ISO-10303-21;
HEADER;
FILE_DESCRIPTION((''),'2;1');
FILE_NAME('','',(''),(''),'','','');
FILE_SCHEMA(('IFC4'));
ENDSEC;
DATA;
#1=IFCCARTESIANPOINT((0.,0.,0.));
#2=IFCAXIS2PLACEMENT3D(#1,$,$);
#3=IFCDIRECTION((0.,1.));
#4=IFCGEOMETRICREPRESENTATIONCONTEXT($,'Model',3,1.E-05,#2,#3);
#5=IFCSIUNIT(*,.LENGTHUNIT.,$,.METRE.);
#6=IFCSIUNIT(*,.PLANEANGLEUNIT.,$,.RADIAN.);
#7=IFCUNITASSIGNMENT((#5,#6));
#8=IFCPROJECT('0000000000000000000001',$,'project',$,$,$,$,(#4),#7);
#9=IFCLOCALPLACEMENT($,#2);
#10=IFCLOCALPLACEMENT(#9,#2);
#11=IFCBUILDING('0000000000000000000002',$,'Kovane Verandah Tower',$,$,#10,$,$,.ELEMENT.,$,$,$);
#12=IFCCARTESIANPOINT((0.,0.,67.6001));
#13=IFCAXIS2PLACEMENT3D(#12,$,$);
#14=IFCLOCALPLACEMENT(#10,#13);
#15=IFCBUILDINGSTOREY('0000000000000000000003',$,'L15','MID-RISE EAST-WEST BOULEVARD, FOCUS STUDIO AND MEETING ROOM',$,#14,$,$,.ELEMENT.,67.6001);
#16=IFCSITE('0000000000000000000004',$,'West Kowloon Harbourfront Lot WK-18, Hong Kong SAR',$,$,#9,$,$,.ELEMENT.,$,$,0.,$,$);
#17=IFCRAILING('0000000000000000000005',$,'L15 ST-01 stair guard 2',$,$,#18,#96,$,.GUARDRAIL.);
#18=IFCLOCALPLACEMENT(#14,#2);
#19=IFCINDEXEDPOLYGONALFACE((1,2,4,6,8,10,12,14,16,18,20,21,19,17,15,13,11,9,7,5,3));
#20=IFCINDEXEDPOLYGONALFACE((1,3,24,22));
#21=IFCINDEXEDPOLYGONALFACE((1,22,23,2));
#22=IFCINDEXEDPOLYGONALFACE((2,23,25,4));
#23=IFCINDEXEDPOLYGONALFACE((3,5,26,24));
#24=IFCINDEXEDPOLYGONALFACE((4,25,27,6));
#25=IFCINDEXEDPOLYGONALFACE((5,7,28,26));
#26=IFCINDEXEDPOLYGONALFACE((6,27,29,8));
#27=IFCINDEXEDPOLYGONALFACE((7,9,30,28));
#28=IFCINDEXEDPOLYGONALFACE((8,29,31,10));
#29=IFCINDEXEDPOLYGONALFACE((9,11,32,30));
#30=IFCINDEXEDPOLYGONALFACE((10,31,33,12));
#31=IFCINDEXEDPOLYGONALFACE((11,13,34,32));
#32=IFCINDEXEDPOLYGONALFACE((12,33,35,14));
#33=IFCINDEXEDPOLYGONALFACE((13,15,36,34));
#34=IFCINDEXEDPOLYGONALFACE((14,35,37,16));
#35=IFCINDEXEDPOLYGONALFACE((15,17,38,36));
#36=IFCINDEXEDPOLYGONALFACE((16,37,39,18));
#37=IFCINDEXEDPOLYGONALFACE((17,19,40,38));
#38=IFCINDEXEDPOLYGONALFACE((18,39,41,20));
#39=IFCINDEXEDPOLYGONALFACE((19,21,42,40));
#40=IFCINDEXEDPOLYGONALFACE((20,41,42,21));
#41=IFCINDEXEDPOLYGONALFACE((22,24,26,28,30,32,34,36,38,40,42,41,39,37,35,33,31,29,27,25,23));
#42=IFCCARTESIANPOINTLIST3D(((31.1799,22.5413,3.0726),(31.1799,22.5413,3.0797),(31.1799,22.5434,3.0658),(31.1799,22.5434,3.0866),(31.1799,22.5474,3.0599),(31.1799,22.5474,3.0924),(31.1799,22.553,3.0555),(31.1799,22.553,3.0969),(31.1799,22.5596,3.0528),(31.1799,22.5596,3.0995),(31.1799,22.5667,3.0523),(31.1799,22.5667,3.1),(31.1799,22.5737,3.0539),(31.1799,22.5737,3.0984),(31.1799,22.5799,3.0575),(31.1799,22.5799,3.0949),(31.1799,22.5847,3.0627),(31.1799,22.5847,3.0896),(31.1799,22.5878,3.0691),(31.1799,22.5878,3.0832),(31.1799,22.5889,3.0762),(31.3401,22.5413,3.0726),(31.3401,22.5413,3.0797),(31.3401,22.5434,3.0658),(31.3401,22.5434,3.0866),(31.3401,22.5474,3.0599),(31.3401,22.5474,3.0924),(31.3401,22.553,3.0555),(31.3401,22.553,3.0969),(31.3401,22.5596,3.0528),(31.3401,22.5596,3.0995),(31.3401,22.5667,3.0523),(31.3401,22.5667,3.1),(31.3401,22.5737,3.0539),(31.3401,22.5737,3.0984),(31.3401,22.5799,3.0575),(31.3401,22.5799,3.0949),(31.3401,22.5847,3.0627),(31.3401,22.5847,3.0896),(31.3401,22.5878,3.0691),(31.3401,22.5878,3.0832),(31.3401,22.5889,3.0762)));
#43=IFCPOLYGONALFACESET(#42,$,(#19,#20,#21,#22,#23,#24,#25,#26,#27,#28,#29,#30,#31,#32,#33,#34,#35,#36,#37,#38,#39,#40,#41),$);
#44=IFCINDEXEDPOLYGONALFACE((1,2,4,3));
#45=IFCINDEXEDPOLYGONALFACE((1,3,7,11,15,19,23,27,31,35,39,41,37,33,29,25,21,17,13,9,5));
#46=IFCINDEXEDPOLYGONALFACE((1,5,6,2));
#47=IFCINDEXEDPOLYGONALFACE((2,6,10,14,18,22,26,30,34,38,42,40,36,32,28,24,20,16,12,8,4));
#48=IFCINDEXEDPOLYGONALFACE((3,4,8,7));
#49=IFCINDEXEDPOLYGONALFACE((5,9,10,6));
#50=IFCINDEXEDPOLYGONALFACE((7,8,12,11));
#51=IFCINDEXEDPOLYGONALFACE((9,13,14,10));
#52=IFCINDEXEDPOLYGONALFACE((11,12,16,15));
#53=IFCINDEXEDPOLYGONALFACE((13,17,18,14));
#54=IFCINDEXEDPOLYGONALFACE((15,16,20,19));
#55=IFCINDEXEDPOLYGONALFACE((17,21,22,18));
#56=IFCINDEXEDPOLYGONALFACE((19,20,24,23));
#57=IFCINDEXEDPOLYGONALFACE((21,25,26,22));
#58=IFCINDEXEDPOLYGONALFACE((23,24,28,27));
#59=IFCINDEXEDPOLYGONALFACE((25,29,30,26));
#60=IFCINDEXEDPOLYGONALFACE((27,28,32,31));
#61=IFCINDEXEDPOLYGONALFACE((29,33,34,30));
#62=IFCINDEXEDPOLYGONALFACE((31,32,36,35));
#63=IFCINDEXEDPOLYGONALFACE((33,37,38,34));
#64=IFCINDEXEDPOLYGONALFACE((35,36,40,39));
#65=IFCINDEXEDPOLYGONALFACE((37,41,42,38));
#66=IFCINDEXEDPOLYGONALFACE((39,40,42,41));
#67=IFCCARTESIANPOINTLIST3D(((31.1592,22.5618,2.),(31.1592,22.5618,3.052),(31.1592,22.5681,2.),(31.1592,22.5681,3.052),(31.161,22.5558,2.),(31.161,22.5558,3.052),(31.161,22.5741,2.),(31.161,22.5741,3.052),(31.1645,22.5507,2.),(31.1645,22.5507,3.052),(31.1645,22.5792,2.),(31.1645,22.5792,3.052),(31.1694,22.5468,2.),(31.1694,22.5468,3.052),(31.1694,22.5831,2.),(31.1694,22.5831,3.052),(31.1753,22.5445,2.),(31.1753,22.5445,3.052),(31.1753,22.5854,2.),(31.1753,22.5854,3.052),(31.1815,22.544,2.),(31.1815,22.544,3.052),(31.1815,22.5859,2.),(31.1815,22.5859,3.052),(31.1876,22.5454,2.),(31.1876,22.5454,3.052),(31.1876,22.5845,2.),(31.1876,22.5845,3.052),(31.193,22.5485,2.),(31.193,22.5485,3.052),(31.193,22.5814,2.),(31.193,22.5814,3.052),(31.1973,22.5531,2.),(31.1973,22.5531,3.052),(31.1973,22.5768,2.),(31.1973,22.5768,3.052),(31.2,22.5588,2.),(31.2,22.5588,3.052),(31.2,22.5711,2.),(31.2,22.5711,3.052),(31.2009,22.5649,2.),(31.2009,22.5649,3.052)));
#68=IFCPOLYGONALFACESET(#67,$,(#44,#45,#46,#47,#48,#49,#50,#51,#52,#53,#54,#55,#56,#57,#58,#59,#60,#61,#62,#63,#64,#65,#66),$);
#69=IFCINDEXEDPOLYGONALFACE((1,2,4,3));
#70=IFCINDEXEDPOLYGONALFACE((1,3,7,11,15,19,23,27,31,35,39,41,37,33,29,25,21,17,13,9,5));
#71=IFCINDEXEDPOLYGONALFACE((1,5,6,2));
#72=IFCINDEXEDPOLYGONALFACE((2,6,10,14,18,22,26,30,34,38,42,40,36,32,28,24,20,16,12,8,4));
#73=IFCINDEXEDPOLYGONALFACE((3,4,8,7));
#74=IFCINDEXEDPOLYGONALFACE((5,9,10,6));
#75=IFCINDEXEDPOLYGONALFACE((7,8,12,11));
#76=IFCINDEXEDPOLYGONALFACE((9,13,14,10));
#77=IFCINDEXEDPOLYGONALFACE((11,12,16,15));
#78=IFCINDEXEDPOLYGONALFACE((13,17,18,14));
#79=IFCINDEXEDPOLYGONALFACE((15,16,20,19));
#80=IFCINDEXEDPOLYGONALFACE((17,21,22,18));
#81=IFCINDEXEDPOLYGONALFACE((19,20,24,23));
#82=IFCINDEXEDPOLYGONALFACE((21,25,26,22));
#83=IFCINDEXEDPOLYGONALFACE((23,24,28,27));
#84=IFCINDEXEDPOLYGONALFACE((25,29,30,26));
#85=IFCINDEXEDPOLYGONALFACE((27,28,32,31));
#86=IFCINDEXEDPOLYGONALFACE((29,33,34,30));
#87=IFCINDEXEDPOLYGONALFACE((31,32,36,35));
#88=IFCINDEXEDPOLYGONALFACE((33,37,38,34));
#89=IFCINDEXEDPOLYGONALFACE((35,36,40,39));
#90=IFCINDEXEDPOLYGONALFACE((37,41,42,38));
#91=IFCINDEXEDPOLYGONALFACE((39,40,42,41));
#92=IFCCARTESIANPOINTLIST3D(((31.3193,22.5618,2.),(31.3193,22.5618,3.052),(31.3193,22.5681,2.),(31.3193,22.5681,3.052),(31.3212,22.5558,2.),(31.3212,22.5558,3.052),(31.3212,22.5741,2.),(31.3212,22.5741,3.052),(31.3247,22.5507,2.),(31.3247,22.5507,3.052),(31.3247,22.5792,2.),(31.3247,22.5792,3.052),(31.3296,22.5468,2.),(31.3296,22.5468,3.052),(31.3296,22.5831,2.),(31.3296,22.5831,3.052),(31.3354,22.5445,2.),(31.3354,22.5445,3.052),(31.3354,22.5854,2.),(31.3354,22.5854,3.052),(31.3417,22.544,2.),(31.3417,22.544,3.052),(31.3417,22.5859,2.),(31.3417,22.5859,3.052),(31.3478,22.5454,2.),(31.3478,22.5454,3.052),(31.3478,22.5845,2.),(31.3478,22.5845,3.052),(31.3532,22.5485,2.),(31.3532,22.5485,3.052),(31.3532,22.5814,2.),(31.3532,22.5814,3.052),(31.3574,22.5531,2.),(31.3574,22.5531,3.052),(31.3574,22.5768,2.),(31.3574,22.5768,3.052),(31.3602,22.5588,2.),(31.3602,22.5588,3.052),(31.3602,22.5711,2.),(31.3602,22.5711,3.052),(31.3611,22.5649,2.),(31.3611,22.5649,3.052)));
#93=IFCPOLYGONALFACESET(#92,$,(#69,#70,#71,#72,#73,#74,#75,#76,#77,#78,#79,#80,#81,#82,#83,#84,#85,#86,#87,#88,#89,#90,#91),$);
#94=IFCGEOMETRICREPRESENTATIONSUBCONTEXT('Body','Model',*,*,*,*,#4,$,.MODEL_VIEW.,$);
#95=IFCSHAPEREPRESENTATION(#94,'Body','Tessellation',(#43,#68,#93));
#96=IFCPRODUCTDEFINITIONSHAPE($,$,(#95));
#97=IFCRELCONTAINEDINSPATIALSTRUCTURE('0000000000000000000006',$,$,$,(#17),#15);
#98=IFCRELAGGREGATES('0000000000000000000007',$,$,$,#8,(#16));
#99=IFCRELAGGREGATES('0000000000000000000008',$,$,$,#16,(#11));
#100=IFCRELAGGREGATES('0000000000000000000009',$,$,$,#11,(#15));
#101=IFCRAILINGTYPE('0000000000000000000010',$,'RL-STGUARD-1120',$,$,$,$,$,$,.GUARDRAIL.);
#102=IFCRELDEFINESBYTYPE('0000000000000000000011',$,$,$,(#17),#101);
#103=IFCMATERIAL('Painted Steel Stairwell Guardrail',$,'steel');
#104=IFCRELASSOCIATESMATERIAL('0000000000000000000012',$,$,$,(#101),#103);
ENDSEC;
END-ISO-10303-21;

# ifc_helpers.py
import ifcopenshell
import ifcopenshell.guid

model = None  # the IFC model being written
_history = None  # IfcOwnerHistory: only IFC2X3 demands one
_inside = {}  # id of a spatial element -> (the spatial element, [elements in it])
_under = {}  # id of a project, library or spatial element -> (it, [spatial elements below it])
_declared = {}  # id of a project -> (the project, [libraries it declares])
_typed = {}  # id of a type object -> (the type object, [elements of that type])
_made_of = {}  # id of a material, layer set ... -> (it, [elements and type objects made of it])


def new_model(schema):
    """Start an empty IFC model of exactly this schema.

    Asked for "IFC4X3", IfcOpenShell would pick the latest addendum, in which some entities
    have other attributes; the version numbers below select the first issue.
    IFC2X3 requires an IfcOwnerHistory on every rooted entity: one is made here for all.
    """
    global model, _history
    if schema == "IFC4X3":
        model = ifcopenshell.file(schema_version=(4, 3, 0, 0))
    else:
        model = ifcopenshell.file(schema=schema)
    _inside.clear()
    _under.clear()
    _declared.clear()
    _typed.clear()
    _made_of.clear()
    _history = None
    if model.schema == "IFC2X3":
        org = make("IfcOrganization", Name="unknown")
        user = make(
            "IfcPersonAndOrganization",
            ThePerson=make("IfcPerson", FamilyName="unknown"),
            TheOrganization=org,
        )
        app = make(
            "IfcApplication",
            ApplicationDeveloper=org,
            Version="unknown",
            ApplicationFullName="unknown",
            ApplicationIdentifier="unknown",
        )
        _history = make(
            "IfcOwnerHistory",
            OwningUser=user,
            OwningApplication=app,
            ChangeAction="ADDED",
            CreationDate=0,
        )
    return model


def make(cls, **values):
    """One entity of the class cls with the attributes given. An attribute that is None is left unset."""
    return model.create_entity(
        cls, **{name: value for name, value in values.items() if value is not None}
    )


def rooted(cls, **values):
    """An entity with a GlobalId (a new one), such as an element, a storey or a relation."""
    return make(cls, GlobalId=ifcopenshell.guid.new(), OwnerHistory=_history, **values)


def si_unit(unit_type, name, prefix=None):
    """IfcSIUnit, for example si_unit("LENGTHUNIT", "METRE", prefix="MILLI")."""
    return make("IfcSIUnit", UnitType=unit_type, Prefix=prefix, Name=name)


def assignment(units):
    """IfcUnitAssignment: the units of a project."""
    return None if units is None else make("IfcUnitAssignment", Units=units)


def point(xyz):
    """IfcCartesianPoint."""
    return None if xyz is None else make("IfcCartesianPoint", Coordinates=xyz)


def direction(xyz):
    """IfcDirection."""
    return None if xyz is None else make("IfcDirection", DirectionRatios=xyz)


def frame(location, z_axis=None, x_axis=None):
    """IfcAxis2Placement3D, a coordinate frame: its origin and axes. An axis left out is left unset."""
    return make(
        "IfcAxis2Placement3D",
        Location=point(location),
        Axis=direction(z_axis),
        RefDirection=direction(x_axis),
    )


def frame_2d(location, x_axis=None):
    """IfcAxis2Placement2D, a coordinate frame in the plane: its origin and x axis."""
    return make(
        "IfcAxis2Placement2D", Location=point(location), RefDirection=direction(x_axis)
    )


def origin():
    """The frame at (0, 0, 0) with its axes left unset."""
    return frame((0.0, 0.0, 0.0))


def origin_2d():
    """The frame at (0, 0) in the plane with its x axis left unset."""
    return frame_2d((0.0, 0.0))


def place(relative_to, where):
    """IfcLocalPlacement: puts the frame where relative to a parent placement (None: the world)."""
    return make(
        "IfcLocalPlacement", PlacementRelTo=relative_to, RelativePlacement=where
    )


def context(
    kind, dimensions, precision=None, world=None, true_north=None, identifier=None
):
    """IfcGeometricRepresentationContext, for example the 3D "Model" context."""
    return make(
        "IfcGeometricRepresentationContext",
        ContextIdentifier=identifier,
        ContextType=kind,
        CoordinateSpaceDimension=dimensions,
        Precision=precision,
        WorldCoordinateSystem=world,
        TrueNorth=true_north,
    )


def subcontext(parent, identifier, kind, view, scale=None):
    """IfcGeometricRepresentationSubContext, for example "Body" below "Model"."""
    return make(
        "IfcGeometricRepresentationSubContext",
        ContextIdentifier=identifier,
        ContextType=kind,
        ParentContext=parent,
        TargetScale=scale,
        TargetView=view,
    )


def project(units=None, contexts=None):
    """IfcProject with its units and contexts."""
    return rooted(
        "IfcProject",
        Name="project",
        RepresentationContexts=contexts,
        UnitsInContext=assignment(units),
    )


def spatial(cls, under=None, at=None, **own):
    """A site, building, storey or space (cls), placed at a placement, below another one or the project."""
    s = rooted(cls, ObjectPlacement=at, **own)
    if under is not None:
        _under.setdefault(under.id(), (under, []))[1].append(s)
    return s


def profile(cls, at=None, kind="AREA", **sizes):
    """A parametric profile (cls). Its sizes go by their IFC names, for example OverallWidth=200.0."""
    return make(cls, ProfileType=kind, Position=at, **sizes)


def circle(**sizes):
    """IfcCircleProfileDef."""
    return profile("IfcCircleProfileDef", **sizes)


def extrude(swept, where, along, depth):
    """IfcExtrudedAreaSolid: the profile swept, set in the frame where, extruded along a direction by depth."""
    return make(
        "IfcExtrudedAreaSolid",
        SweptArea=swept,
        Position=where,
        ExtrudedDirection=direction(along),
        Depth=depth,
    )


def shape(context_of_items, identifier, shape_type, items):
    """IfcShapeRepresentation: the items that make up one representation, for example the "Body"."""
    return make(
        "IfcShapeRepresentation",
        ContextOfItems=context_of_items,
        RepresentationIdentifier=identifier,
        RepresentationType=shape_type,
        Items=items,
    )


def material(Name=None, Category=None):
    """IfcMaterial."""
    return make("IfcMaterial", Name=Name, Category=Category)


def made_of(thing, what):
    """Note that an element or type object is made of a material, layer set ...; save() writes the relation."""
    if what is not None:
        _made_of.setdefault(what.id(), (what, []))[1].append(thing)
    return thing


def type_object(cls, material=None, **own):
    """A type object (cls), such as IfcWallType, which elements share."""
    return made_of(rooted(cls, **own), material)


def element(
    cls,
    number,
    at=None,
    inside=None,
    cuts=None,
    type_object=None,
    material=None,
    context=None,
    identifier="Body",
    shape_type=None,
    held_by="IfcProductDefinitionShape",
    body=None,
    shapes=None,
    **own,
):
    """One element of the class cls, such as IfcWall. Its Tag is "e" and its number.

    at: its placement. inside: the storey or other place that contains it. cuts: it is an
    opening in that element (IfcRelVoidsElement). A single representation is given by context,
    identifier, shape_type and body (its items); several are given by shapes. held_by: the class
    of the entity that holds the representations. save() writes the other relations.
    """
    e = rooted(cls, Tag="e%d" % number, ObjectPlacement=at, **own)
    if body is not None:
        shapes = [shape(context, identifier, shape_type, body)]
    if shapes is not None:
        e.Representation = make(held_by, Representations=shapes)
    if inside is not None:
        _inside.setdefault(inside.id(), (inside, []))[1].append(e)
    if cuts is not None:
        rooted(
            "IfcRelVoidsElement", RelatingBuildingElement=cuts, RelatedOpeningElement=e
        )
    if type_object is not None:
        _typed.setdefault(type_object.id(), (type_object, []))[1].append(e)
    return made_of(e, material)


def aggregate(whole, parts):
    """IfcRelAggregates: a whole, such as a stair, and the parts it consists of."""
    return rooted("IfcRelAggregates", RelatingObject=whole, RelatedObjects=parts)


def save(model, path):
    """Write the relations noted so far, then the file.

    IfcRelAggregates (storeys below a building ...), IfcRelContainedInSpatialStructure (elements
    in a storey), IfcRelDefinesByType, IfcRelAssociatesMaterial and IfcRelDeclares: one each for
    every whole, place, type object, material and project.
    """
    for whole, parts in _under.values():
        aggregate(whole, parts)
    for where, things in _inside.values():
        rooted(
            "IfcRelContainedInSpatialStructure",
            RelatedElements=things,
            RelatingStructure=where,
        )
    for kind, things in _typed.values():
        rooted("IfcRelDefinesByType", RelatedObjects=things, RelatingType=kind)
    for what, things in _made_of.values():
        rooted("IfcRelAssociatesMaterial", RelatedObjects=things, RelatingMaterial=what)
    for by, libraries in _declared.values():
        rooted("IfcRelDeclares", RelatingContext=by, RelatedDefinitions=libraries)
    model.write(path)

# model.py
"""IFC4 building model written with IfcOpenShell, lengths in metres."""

from ifc_helpers import new_model, si_unit, direction, frame, origin, origin_2d, place, context, subcontext, project, spatial, circle, extrude, material, type_object, element, save


model = new_model("IFC4")

# Units and contexts
model_context = context("Model", 3, precision=1e-05, world=origin(), true_north=direction((0.0, 1.0)))
body_context = subcontext(model_context, "Body", "Model", "MODEL_VIEW")
ifc_project = project(units=[si_unit("LENGTHUNIT", "METRE"), si_unit("PLANEANGLEUNIT", "RADIAN")], contexts=[model_context])

# Site, building, storey
site_placement = place(None, origin())
site = spatial("IfcSite", under=ifc_project, at=site_placement, Name="West Kowloon Harbourfront Lot WK-18, Hong Kong SAR", CompositionType="ELEMENT", RefElevation=0.0)
building_placement = place(site_placement, origin())
building = spatial("IfcBuilding", under=site, at=building_placement, Name="Kovane Verandah Tower", CompositionType="ELEMENT")
storey_placement = place(building_placement, frame((0.0, 0.0, 67.6001)))
storey = spatial("IfcBuildingStorey", under=building, at=storey_placement, Name="L15", Description="MID-RISE EAST-WEST BOULEVARD, FOCUS STUDIO AND MEETING ROOM", CompositionType="ELEMENT", Elevation=67.6001)

# Railing
ifc_material_1 = material(Name="Painted Steel Stairwell Guardrail", Category="steel")
railing_type_1 = type_object("IfcRailingType", Name="RL-STGUARD-1120", PredefinedType="GUARDRAIL", material=ifc_material_1)
railing_1_placement = place(storey_placement, frame((31.1799, 22.5649, 2.0)))
element("IfcRailing", 1, at=railing_1_placement, inside=storey, type_object=railing_type_1, Name="L15 ST-01 stair guard 2", PredefinedType="GUARDRAIL", context=body_context, shape_type="SweptSolid", body=[
    extrude(circle(Radius=0.0239, at=origin_2d()), frame((0.0, 0.0, 1.0762), z_axis=(1.0, 0.0, 0.0), x_axis=(0.0, 1.0, 0.0)), (0.0, 0.0, 1.0), 0.1602),
    extrude(circle(Radius=0.021, at=origin_2d()), origin(), (0.0, 0.0, 1.0), 1.052),
    extrude(circle(Radius=0.021, at=origin_2d()), frame((0.1602, 0.0, 0.0)), (0.0, 0.0, 1.0), 1.052),
])

save(model, "model.ifc")
